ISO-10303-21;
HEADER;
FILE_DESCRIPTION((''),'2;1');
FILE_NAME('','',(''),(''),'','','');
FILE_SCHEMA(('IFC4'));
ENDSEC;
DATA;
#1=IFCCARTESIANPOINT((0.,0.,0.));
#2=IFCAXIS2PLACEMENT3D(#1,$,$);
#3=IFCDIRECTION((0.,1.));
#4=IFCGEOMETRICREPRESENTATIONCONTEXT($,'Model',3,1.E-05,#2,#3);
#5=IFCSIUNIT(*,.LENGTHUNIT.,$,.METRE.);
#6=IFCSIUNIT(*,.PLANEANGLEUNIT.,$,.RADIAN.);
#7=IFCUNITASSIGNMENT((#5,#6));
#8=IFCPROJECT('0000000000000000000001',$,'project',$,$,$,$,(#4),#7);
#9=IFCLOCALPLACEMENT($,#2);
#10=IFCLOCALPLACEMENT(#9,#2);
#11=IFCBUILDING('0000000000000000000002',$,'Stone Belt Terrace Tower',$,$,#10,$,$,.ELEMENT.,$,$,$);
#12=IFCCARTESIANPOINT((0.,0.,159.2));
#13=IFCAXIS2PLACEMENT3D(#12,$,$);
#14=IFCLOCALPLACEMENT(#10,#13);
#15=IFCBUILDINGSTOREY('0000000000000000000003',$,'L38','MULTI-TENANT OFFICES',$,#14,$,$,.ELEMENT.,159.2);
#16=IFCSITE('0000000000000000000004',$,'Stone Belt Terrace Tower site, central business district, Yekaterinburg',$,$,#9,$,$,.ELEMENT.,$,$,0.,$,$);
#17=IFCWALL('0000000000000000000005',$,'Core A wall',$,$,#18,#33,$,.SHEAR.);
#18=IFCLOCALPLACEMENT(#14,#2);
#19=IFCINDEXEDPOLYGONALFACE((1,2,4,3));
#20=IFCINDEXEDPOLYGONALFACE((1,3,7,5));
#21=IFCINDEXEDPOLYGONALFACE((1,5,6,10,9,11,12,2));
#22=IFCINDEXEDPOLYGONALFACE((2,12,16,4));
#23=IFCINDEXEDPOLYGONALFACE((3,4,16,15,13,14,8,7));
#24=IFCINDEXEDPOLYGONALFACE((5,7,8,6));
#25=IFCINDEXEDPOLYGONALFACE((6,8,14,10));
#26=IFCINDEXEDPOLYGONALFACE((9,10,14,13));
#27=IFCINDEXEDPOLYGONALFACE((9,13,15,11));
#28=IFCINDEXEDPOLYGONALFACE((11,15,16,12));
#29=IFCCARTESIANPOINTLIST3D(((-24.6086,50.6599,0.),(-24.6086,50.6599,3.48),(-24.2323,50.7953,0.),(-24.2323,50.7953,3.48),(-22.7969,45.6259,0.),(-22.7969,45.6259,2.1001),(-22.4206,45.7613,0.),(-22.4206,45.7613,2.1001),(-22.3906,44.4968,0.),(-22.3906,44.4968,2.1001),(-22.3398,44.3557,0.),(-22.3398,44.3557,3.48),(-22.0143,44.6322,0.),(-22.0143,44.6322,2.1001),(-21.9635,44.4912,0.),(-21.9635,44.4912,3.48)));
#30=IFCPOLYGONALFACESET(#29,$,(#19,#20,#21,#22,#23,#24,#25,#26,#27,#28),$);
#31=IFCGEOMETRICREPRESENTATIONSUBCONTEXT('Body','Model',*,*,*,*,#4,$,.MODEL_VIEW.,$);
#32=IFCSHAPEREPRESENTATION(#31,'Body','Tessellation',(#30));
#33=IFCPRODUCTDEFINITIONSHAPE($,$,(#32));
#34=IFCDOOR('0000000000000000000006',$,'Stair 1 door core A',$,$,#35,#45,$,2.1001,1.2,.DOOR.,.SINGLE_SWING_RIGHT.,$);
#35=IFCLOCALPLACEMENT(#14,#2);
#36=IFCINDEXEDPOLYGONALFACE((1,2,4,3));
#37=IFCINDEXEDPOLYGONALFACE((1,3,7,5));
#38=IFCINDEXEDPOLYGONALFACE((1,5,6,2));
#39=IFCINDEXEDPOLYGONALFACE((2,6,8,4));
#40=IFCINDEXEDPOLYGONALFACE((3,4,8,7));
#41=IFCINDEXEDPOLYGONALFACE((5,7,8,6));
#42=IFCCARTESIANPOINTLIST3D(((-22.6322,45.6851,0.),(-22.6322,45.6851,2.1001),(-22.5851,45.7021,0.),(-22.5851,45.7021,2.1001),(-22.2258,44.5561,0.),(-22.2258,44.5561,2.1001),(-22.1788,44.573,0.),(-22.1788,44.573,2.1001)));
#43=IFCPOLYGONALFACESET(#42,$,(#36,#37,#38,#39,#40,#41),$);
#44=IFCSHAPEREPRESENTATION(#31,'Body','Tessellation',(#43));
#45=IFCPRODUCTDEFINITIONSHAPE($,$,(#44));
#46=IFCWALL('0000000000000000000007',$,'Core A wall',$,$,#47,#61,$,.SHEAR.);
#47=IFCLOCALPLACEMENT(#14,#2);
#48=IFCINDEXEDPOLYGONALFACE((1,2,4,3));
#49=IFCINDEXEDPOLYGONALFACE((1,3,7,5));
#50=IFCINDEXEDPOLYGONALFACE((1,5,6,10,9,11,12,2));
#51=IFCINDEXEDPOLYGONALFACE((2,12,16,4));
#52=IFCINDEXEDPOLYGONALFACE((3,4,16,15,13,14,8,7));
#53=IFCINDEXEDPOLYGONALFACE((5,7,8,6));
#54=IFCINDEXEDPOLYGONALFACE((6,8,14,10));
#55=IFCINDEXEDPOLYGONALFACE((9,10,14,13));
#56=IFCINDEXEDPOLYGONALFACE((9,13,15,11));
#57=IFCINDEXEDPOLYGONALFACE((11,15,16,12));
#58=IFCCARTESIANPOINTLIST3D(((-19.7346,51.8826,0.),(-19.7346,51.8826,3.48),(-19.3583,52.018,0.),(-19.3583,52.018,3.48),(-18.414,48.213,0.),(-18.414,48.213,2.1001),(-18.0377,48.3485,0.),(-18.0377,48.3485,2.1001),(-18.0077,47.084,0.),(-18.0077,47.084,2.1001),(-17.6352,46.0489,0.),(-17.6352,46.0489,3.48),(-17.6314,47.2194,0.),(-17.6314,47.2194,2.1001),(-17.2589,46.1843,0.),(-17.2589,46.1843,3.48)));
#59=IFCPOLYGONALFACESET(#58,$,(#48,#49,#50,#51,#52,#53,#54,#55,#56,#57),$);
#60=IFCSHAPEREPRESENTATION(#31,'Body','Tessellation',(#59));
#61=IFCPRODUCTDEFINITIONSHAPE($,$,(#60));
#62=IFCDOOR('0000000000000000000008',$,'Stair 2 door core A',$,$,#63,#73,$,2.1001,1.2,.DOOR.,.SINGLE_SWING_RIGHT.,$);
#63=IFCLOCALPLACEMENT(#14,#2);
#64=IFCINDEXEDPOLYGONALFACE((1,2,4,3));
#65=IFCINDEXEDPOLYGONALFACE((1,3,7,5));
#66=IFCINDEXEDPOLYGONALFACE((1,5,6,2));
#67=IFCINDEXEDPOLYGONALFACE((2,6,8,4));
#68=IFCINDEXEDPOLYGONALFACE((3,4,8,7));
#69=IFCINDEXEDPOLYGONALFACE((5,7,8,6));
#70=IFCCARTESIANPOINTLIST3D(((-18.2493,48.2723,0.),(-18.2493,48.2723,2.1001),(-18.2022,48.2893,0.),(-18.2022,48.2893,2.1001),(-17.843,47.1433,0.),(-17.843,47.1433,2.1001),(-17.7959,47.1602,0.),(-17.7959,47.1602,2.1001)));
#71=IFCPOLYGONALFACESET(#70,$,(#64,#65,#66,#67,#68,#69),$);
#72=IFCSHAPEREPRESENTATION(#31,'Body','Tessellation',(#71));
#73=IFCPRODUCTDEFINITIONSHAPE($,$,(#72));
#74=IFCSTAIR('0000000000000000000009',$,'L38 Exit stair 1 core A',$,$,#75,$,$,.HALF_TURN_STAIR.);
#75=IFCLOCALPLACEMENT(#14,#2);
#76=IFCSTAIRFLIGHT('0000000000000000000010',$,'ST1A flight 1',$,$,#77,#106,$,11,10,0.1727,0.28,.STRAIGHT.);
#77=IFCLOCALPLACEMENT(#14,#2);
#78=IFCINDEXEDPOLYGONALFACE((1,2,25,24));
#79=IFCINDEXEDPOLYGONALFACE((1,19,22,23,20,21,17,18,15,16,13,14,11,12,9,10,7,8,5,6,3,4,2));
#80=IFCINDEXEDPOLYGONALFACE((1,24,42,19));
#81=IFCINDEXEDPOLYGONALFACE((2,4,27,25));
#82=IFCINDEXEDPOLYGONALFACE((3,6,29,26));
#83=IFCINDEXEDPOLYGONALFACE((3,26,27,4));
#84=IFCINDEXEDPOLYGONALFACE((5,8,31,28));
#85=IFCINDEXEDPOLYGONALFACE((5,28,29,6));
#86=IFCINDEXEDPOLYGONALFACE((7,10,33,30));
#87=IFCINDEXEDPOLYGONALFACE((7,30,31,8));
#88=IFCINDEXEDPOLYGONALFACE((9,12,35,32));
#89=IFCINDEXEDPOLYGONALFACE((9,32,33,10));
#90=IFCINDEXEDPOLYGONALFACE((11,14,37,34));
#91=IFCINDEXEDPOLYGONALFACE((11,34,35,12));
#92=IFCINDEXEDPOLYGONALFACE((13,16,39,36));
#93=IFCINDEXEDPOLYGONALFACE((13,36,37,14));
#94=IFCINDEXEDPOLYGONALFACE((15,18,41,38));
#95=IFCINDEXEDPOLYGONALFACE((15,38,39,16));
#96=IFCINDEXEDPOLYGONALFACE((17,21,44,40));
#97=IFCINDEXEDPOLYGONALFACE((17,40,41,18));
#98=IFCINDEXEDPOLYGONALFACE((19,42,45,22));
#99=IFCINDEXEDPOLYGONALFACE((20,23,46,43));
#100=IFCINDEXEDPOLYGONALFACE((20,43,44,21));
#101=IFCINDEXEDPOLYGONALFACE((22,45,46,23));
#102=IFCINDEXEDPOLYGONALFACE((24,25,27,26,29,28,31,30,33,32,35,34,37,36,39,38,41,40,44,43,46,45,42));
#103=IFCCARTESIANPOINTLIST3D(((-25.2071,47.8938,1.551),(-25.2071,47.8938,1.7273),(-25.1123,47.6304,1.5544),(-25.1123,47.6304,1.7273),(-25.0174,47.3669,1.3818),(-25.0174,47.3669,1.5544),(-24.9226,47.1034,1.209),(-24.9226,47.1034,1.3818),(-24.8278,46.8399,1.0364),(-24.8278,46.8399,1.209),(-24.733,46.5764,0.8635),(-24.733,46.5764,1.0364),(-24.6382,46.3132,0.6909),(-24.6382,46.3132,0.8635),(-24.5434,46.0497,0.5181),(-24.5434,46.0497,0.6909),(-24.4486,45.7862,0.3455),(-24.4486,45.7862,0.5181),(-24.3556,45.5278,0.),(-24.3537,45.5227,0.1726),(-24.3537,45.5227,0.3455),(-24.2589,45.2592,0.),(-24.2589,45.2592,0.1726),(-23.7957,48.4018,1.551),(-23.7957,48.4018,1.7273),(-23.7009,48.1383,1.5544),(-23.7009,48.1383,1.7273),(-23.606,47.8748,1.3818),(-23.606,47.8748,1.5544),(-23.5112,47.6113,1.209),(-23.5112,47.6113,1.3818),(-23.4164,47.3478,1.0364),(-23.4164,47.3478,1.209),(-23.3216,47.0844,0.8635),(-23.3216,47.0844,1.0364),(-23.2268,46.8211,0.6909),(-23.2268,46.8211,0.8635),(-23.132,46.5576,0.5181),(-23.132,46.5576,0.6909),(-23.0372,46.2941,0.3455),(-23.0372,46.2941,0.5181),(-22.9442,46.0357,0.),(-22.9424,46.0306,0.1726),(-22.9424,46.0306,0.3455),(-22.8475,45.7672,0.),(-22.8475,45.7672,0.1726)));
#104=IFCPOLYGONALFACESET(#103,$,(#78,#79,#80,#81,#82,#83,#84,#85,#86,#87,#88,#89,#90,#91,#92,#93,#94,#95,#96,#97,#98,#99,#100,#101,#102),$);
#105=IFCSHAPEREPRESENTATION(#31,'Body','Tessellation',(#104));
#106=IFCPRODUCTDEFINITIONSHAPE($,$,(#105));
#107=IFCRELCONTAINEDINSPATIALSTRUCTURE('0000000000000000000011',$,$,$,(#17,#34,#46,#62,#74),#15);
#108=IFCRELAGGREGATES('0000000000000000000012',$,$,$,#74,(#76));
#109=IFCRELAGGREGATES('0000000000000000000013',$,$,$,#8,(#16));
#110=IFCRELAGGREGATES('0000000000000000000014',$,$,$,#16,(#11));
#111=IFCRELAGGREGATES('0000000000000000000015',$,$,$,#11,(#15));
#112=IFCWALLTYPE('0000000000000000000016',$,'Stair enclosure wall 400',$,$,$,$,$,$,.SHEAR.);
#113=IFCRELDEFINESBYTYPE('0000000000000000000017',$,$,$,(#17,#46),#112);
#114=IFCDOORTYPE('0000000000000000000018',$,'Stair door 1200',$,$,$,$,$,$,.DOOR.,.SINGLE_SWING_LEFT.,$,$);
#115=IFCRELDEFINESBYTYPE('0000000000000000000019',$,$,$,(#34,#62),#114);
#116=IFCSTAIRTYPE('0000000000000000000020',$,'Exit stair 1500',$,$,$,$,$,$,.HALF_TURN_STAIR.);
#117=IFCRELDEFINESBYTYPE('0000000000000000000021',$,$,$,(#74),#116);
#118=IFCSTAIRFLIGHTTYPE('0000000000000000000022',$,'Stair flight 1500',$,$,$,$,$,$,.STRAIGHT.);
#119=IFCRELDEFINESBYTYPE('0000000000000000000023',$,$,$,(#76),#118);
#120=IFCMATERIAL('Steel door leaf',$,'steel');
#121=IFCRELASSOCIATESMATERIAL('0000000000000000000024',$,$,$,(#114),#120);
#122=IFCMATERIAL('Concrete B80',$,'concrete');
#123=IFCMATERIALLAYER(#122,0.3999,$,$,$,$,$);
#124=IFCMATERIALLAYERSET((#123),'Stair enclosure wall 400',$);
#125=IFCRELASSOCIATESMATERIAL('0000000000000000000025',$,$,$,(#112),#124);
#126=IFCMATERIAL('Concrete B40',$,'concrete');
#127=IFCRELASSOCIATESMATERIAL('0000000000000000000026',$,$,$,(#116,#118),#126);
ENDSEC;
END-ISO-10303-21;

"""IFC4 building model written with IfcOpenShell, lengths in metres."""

from ifc_helpers import new_model, si_unit, direction, frame, frame_2d, origin, place, context, subcontext, project, spatial, polyline, rectangle, outline, extrude, material, layer, layer_set, type_object, element, fill, aggregate, save


model = new_model("IFC4")

# Units and contexts
model_context = context("Model", 3, precision=1e-05, world=origin(), true_north=direction((0.0, 1.0)))
body_context = subcontext(model_context, "Body", "Model", "MODEL_VIEW")
ifc_project = project(units=[si_unit("LENGTHUNIT", "METRE"), si_unit("PLANEANGLEUNIT", "RADIAN")], contexts=[model_context])

# Site, building, storey
site_placement = place(None, origin())
site = spatial("IfcSite", under=ifc_project, at=site_placement, Name="Stone Belt Terrace Tower site, central business district, Yekaterinburg", CompositionType="ELEMENT", RefElevation=0.0)
building_placement = place(site_placement, origin())
building = spatial("IfcBuilding", under=site, at=building_placement, Name="Stone Belt Terrace Tower", CompositionType="ELEMENT")
storey_placement = place(building_placement, frame((0.0, 0.0, 159.2)))
storey = spatial("IfcBuildingStorey", under=building, at=storey_placement, Name="L38", Description="MULTI-TENANT OFFICES", CompositionType="ELEMENT", Elevation=159.2)

# Shared definitions
ifc_material_1 = material(Name="Concrete B80", Category="concrete")

# Shared definitions
ifc_material_2 = material(Name="Steel door leaf", Category="steel")
door_type_1 = type_object("IfcDoorType", Name="Stair door 1200", OperationType="SINGLE_SWING_LEFT", PredefinedType="DOOR", material=ifc_material_2)

# Walls, openings, doors
ifc_layer_1 = layer(ifc_material_1, 0.3999)
ifc_layer_set_1 = layer_set([ifc_layer_1], Name="Stair enclosure wall 400")
wall_type_1 = type_object("IfcWallType", Name="Stair enclosure wall 400", PredefinedType="SHEAR", material=ifc_layer_set_1)
wall_1_placement = place(storey_placement, frame((-22.1516, 44.4233, 0.0), z_axis=(0.0, 0.0, 1.0), x_axis=(-0.338625, 0.940921, 0.0)))
wall_1 = element("IfcWall", 1, at=wall_1_placement, inside=storey, type_object=wall_type_1, Name="Core A wall", PredefinedType="SHEAR", context=body_context, shape_type="SweptSolid", body=[
    extrude(rectangle(XDim=6.7, YDim=0.3999, at=frame_2d((3.3501, 0.0))), origin(), (0.0, 0.0, 1.0), 3.48),
])
opening_1_placement = place(wall_1_placement, frame((0.1499, 0.0, 0.0)))
opening_1 = element("IfcOpeningElement", 2, at=opening_1_placement, cuts=wall_1, PredefinedType="OPENING", context=body_context, shape_type="SweptSolid", body=[
    extrude(rectangle(XDim=1.2, YDim=2.1001, at=frame_2d((0.6001, 1.05))), frame((0.0, 0.21, 0.0), z_axis=(0.0, -1.0, 0.0), x_axis=(1.0, 0.0, 0.0)), (0.0, 0.0, 1.0), 0.4199),
])
door_1_placement = place(opening_1_placement, origin())
door_1 = element("IfcDoor", 3, at=door_1_placement, inside=storey, type_object=door_type_1, Name="Stair 1 door core A", OperationType="SINGLE_SWING_RIGHT", OverallHeight=2.1001, OverallWidth=1.2, PredefinedType="DOOR", context=body_context, shape_type="SweptSolid", body=[
    extrude(rectangle(XDim=1.2, YDim=2.1001, at=frame_2d((0.6001, 1.05))), frame((0.0, 0.0249, 0.0), z_axis=(0.0, -1.0, 0.0), x_axis=(1.0, 0.0, 0.0)), (0.0, 0.0, 1.0), 0.05),
])
fill(opening_1, door_1)
wall_2_placement = place(storey_placement, frame((-17.447, 46.1165, 0.0), z_axis=(0.0, 0.0, 1.0), x_axis=(-0.338608, 0.940928, 0.0)))
wall_2 = element("IfcWall", 4, at=wall_2_placement, inside=storey, type_object=wall_type_1, Name="Core A wall", PredefinedType="SHEAR", context=body_context, shape_type="SweptSolid", body=[
    extrude(rectangle(XDim=6.2, YDim=0.3999, at=frame_2d((3.1001, 0.0))), origin(), (0.0, 0.0, 1.0), 3.48),
])
opening_2_placement = place(wall_2_placement, frame((1.1001, 0.0, 0.0)))
opening_2 = element("IfcOpeningElement", 5, at=opening_2_placement, cuts=wall_2, PredefinedType="OPENING", context=body_context, shape_type="SweptSolid", body=[
    extrude(rectangle(XDim=1.2, YDim=2.1001, at=frame_2d((0.6001, 1.05))), frame((0.0, 0.21, 0.0), z_axis=(0.0, -1.0, 0.0), x_axis=(1.0, 0.0, 0.0)), (0.0, 0.0, 1.0), 0.4199),
])
door_2_placement = place(opening_2_placement, origin())
door_2 = element("IfcDoor", 6, at=door_2_placement, inside=storey, type_object=door_type_1, Name="Stair 2 door core A", OperationType="SINGLE_SWING_RIGHT", OverallHeight=2.1001, OverallWidth=1.2, PredefinedType="DOOR", context=body_context, shape_type="SweptSolid", body=[
    extrude(rectangle(XDim=1.2, YDim=2.1001, at=frame_2d((0.6001, 1.05))), frame((0.0, 0.0249, 0.0), z_axis=(0.0, -1.0, 0.0), x_axis=(1.0, 0.0, 0.0)), (0.0, 0.0, 1.0), 0.05),
])
fill(opening_2, door_2)

# Stair, stair flight
ifc_material_3 = material(Name="Concrete B40", Category="concrete")
stair_type = type_object("IfcStairType", Name="Exit stair 1500", PredefinedType="HALF_TURN_STAIR", material=ifc_material_3)
stair_placement = place(storey_placement, origin())
stair = element("IfcStair", 7, at=stair_placement, inside=storey, type_object=stair_type, Name="L38 Exit stair 1 core A", PredefinedType="HALF_TURN_STAIR")
stair_flight_type = type_object("IfcStairFlightType", Name="Stair flight 1500", PredefinedType="STRAIGHT", material=ifc_material_3)
stair_flight_placement = place(storey_placement, frame((-23.5532, 45.5132, 0.0), z_axis=(0.0, 0.0, 1.0), x_axis=(-0.338624, 0.940922, 0.0)))
stair_flight = element("IfcStairFlight", 8, at=stair_flight_placement, type_object=stair_flight_type, Name="ST1A flight 1", NumberOfRisers=11, NumberOfTreads=10, PredefinedType="STRAIGHT", RiserHeight=0.1727, TreadLength=0.28, context=body_context, shape_type="SweptSolid", body=[
    extrude(outline(polyline([(0.0, 0.0), (0.0, 0.1726), (0.28, 0.1726), (0.28, 0.3455), (0.5601, 0.3455), (0.5601, 0.5181), (0.8401, 0.5181), (0.8401, 0.6909), (1.1201, 0.6909), (1.1201, 0.8635), (1.3999, 0.8635), (1.3999, 1.0364), (1.6799, 1.0364), (1.6799, 1.209), (1.96, 1.209), (1.96, 1.3818), (2.24, 1.3818), (2.24, 1.5544), (2.52, 1.5544), (2.52, 1.7273), (2.8, 1.7273), (2.8, 1.8999), (2.8, 1.551), (0.2854, 0.0), (0.0, 0.0)])), frame((0.0, 0.75, 0.0), z_axis=(0.0, -1.0, 0.0), x_axis=(1.0, 0.0, 0.0)), (0.0, 0.0, 1.0), 1.5),
])
aggregate(stair, [stair_flight])

save(model, "model.ifc")
